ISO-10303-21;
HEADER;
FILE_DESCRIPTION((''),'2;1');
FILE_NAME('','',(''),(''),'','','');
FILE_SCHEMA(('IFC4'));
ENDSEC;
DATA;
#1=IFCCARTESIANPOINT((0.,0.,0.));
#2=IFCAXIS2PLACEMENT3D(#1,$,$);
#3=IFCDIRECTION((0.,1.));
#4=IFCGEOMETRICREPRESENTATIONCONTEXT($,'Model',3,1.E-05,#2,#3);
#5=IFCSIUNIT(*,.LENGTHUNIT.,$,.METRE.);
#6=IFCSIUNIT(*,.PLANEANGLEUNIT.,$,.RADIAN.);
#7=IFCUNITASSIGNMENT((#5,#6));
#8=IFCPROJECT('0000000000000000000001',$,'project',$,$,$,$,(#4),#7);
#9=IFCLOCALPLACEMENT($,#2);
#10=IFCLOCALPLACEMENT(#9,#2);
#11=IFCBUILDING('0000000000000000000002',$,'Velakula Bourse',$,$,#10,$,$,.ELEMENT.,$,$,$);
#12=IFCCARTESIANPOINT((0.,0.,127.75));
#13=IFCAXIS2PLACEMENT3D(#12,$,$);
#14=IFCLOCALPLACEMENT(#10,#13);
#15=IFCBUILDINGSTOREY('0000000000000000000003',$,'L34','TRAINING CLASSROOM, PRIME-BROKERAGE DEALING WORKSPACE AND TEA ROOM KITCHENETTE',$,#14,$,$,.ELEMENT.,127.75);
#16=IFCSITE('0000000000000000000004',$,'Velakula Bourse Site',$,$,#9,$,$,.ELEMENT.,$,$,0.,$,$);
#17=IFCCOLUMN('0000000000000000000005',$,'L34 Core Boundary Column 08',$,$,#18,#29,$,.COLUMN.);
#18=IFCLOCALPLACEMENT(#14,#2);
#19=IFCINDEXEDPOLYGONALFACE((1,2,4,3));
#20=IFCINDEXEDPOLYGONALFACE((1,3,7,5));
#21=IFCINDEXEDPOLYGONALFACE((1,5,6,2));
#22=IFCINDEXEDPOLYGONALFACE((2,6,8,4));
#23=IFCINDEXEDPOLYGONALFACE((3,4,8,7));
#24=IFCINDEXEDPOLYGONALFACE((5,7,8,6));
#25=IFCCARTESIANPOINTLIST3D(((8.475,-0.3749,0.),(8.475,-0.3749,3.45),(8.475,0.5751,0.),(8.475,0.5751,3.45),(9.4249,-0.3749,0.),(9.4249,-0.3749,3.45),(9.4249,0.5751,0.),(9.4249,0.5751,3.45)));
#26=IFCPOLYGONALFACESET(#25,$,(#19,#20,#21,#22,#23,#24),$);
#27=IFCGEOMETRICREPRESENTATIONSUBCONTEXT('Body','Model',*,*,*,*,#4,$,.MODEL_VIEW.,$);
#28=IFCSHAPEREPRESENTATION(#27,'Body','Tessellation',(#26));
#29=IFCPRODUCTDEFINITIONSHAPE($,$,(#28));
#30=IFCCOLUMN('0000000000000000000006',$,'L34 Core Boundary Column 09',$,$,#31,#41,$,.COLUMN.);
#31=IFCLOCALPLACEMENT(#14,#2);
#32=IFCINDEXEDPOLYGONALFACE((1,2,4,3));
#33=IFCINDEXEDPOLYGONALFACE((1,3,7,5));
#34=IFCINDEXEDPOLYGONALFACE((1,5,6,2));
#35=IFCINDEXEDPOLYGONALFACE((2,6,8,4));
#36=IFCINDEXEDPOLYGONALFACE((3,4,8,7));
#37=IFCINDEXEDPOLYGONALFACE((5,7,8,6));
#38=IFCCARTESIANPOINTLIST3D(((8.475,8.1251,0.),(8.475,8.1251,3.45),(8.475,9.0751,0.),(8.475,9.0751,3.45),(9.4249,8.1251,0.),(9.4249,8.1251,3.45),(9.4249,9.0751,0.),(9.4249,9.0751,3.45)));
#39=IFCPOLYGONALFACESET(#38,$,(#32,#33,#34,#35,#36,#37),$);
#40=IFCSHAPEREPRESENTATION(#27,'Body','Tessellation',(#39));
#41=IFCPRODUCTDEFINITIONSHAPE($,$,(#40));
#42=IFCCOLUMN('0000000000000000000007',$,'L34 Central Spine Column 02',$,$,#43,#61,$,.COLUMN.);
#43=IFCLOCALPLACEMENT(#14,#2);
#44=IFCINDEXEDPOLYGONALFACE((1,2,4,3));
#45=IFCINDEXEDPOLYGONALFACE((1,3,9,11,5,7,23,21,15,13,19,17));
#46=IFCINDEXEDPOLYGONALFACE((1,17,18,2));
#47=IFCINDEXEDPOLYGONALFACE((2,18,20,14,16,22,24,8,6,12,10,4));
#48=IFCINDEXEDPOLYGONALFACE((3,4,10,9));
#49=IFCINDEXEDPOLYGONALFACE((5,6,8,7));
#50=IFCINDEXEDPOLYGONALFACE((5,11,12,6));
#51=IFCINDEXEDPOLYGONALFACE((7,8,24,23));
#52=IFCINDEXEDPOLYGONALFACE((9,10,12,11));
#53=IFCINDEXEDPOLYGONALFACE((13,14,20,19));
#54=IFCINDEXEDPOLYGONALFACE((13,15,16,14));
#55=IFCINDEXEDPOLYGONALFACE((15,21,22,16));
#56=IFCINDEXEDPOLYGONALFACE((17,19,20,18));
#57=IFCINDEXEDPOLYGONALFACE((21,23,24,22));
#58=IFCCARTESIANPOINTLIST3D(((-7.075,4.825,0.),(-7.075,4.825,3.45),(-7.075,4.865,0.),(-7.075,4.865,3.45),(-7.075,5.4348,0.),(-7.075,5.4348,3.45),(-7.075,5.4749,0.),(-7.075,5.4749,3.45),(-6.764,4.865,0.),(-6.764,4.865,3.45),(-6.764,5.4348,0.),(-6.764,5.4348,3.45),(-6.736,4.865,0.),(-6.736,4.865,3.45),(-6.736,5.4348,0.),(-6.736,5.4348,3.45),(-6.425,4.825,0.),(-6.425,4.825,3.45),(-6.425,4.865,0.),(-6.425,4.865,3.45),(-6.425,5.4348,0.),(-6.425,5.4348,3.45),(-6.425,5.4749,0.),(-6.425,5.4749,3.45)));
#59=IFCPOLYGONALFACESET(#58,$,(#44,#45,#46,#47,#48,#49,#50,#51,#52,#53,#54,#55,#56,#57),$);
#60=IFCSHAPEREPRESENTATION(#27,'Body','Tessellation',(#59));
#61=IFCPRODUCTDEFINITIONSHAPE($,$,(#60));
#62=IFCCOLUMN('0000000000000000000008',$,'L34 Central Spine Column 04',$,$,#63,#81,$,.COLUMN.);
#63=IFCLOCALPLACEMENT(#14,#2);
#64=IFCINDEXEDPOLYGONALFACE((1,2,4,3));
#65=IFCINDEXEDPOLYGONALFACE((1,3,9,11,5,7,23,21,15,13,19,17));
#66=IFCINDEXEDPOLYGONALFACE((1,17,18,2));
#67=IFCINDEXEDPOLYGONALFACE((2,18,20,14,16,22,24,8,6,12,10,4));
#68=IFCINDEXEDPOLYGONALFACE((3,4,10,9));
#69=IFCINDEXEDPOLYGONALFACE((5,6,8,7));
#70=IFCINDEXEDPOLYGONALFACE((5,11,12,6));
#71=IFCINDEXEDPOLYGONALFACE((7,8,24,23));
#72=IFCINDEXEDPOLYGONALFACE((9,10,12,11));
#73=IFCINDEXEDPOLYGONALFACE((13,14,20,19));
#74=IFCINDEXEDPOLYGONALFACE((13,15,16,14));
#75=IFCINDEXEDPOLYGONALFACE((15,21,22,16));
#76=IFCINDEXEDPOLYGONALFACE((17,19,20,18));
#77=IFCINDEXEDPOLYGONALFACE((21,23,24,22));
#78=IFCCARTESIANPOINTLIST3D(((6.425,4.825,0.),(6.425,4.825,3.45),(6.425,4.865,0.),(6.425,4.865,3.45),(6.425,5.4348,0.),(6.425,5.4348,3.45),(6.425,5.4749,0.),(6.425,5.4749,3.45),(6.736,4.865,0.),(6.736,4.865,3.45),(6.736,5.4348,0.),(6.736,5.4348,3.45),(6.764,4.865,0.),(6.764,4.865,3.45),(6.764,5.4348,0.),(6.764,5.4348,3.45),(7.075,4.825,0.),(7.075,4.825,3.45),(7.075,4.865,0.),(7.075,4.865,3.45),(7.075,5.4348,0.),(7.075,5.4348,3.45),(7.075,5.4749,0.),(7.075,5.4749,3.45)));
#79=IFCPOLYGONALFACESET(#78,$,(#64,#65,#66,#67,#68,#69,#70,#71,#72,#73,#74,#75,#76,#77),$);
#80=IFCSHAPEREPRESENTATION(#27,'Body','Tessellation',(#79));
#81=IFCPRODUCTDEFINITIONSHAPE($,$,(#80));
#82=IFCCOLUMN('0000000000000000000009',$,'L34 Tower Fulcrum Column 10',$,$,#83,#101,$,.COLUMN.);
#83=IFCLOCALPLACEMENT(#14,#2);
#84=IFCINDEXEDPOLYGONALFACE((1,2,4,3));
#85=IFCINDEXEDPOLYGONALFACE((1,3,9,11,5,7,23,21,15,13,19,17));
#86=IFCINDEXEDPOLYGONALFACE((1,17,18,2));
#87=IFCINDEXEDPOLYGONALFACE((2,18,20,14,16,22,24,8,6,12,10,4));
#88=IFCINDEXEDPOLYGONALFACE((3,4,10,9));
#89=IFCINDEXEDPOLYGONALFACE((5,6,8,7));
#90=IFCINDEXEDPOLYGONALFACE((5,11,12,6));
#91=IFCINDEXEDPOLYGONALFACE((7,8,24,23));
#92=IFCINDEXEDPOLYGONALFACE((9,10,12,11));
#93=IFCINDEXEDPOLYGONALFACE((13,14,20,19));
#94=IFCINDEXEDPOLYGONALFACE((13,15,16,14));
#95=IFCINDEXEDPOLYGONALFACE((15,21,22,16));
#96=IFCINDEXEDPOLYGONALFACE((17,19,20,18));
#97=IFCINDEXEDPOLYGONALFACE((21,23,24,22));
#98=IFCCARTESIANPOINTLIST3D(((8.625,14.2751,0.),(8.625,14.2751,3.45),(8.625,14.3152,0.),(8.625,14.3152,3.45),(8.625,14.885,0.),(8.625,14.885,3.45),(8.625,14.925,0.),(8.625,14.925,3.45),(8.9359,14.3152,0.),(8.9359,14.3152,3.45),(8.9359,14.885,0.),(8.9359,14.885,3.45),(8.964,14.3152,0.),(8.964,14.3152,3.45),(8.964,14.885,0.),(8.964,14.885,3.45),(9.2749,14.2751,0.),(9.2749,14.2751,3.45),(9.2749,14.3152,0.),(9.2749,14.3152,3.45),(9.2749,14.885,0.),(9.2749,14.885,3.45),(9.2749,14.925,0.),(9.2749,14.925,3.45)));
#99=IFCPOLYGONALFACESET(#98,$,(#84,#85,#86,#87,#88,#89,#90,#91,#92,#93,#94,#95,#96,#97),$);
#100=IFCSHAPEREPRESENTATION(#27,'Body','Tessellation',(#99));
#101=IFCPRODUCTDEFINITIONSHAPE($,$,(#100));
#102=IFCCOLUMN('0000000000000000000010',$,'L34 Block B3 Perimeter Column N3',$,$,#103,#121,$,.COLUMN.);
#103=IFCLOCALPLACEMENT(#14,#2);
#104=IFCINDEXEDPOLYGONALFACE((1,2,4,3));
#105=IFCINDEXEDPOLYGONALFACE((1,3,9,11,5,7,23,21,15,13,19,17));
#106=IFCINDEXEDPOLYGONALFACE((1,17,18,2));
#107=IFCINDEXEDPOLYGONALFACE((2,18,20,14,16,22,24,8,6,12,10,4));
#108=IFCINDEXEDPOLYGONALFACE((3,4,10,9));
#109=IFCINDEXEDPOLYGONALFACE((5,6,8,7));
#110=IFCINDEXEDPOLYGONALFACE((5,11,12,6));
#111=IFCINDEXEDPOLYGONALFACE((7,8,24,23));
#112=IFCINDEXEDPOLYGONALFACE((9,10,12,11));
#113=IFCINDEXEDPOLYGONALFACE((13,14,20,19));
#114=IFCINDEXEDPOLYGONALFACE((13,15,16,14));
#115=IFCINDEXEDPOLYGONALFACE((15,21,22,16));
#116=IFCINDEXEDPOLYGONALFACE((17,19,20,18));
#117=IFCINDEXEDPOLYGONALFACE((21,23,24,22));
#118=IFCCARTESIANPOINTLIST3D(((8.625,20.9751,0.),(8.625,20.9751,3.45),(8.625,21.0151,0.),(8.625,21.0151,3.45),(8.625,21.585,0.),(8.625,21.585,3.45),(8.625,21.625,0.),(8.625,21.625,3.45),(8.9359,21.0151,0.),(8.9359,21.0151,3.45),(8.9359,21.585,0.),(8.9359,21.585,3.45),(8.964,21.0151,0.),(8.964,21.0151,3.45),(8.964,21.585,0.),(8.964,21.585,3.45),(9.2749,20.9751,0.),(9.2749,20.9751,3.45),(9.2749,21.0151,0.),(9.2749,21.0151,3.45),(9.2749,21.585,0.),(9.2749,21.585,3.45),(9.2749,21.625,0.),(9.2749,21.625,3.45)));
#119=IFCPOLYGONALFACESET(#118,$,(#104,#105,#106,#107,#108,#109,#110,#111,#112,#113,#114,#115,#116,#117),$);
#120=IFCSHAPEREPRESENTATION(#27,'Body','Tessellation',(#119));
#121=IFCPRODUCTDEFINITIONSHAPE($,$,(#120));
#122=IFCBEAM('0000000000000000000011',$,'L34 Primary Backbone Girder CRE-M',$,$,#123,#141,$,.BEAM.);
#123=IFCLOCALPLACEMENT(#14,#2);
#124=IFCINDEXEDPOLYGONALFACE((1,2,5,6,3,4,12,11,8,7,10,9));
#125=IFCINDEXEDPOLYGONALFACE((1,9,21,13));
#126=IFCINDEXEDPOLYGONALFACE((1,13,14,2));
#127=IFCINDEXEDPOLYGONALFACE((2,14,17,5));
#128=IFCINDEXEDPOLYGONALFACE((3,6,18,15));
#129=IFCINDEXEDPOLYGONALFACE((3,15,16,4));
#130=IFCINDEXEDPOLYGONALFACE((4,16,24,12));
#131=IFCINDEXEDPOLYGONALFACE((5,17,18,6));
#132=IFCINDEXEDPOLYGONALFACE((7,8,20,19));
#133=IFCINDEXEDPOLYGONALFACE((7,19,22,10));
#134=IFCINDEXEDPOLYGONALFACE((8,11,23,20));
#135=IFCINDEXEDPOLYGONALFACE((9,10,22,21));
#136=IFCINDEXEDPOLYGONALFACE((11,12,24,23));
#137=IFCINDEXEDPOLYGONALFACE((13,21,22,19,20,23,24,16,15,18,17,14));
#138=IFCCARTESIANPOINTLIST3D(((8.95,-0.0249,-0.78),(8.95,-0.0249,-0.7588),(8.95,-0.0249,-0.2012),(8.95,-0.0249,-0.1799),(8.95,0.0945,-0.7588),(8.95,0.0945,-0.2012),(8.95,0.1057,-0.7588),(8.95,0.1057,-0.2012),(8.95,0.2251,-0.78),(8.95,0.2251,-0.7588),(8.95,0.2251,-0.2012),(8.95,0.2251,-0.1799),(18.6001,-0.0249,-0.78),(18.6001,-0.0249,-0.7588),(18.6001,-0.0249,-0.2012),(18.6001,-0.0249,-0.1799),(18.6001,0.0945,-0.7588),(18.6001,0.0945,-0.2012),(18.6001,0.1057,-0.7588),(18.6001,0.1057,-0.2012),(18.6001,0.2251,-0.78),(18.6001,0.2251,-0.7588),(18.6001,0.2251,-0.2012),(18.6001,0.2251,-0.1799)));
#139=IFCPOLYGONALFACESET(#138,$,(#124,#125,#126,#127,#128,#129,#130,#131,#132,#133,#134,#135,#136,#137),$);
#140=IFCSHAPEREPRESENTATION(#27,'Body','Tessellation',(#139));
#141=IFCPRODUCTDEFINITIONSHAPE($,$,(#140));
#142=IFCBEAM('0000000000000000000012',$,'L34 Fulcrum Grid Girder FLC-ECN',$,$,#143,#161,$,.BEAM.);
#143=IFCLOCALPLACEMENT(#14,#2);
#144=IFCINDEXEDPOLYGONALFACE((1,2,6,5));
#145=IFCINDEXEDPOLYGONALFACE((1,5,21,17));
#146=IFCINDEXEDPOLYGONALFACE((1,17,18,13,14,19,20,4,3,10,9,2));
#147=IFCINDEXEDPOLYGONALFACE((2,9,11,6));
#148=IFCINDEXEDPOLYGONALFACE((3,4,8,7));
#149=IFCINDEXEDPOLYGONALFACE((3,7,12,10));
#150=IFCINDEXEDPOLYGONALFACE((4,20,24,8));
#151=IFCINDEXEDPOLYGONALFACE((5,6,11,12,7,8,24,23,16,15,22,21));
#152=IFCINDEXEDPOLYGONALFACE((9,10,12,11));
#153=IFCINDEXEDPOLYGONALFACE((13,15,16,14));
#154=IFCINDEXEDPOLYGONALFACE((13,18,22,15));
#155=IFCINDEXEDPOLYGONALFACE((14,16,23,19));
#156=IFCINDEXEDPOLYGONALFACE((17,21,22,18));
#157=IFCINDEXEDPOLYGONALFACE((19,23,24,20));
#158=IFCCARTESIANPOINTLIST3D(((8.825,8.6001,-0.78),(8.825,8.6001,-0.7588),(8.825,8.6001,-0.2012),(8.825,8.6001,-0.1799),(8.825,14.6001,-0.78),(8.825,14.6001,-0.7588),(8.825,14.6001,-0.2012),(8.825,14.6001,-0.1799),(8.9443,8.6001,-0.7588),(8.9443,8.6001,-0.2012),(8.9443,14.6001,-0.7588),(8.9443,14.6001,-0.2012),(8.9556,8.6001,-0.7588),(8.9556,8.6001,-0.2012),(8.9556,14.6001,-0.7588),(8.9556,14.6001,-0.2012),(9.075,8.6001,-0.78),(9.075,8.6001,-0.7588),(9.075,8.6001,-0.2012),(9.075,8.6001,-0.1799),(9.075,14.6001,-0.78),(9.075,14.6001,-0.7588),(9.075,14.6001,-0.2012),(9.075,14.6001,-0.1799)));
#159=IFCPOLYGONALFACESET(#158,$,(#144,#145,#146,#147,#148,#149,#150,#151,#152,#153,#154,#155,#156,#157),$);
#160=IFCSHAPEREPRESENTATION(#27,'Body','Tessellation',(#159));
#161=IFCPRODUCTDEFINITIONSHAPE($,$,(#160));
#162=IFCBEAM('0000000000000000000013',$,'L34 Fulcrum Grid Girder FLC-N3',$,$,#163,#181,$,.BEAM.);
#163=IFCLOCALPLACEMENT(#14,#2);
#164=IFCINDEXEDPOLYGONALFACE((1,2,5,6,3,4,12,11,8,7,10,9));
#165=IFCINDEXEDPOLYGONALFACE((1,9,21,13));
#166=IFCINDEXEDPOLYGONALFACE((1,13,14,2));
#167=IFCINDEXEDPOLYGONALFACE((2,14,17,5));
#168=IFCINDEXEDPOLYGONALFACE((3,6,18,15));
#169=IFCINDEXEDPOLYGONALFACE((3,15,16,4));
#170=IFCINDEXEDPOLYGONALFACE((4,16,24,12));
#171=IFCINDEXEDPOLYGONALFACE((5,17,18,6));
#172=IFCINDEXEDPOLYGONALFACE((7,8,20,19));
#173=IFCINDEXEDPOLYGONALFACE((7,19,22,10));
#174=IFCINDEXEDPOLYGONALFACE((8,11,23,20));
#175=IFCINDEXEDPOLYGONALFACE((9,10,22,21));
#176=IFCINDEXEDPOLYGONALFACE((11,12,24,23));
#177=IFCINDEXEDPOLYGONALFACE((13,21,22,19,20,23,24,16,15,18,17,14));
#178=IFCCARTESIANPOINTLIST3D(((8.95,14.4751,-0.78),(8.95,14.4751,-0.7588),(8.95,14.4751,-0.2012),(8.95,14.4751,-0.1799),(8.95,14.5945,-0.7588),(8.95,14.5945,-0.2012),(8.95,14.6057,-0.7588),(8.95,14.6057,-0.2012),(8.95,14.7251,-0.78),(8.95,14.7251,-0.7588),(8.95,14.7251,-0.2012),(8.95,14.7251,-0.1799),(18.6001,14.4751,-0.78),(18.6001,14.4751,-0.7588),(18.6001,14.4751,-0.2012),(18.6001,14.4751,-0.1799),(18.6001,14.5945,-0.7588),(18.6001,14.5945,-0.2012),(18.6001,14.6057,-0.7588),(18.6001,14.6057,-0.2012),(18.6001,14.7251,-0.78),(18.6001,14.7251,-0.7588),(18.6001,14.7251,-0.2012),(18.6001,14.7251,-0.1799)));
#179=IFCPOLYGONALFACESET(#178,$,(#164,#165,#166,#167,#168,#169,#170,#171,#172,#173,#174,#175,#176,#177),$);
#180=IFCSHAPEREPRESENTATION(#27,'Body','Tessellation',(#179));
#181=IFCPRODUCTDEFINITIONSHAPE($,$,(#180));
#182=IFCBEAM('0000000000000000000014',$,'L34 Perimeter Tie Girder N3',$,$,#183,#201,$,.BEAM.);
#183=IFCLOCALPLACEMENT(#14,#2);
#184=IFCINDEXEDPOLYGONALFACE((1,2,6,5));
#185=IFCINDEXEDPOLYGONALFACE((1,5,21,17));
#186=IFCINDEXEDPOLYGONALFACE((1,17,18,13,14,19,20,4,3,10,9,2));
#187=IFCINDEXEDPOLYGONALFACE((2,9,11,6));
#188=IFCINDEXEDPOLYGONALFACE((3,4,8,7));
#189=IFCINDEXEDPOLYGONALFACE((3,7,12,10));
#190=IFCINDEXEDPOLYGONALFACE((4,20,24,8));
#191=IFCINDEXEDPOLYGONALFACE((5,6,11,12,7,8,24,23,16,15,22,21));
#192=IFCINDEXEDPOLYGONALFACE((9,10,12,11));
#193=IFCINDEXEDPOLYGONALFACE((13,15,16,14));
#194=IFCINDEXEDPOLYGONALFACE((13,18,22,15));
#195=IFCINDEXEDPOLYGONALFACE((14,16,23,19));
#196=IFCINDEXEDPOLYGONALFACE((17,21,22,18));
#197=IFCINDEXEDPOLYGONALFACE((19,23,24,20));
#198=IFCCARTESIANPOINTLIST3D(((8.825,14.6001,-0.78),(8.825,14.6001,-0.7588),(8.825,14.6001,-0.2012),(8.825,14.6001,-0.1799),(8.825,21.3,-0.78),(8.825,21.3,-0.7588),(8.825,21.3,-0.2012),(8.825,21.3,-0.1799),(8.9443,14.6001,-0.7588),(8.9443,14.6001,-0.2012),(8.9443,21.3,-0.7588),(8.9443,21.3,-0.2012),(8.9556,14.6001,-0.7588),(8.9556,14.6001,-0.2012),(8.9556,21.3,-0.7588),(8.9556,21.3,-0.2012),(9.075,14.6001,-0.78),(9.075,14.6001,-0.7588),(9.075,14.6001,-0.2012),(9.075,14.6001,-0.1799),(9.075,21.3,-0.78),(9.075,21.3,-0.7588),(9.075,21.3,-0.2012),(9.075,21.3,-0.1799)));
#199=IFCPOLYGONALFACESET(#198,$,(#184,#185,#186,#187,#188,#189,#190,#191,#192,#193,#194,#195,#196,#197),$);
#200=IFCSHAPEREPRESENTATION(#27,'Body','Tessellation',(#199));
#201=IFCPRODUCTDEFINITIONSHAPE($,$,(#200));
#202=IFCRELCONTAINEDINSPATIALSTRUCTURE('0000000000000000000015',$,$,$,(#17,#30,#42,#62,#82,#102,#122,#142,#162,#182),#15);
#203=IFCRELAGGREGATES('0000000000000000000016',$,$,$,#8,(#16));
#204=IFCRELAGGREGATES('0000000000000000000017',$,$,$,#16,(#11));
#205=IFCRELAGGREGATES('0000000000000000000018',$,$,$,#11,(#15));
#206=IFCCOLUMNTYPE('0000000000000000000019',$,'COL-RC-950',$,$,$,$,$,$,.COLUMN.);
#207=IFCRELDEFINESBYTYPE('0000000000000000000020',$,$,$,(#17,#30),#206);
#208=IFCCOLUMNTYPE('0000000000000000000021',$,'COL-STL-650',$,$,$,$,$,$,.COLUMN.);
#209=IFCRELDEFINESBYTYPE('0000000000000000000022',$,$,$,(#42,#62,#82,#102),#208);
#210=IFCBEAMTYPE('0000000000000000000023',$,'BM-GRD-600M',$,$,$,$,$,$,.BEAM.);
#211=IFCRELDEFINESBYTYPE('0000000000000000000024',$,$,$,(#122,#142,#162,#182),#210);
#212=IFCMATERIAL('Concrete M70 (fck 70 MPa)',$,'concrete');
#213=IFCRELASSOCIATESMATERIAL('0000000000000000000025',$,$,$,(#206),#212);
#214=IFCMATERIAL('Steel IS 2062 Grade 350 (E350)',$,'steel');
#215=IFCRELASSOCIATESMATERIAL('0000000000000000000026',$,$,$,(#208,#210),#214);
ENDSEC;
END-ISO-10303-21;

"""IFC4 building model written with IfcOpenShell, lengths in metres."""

from ifc_helpers import new_model, si_unit, direction, frame, origin, origin_2d, place, context, subcontext, project, spatial, rectangle, i_section, extrude, material, material_profile, profile_set, type_object, element, save


model = new_model("IFC4")

# Units and contexts
model_context = context("Model", 3, precision=1e-05, world=origin(), true_north=direction((0.0, 1.0)))
body_context = subcontext(model_context, "Body", "Model", "MODEL_VIEW")
ifc_project = project(units=[si_unit("LENGTHUNIT", "METRE"), si_unit("PLANEANGLEUNIT", "RADIAN")], contexts=[model_context])

# Site, building, storey
site_placement = place(None, origin())
site = spatial("IfcSite", under=ifc_project, at=site_placement, Name="Velakula Bourse Site", CompositionType="ELEMENT", RefElevation=0.0)
building_placement = place(site_placement, origin())
building = spatial("IfcBuilding", under=site, at=building_placement, Name="Velakula Bourse", CompositionType="ELEMENT")
storey_placement = place(building_placement, frame((0.0, 0.0, 127.75)))
storey = spatial("IfcBuildingStorey", under=building, at=storey_placement, Name="L34", Description="TRAINING CLASSROOM, PRIME-BROKERAGE DEALING WORKSPACE AND TEA ROOM KITCHENETTE", CompositionType="ELEMENT", Elevation=127.75)

# Columns
ifc_material_1 = material(Name="Concrete M70 (fck 70 MPa)", Category="concrete")
ifc_material_profile_1 = material_profile(ifc_material_1, rectangle(XDim=0.95, YDim=0.95, at=origin_2d()), Name="Concrete M70 (fck 70 MPa)")
ifc_profile_set_1 = profile_set([ifc_material_profile_1], Name="Concrete M70 (fck 70 MPa)")
column_type_1 = type_object("IfcColumnType", Name="COL-RC-950", PredefinedType="COLUMN", material=ifc_profile_set_1)
for number, where, z_axis, x_axis, name in (
    (1, (8.95, 0.1001, 0.0), (0.0, 0.0, 1.0), (1.0, 0.0, 0.0), "L34 Core Boundary Column 08"),
    (2, (8.95, 8.6001, 0.0), (0.0, 0.0, 1.0), (1.0, 0.0, 0.0), "L34 Core Boundary Column 09"),
):
    element("IfcColumn", number, at=place(storey_placement, frame(where, z_axis=z_axis, x_axis=x_axis)), inside=storey, type_object=column_type_1, Name=name, PredefinedType="COLUMN", context=body_context, shape_type="SweptSolid", body=[
        extrude(rectangle(XDim=0.95, YDim=0.95, at=origin_2d()), origin(), (0.0, 0.0, 1.0), 3.45),
    ])
ifc_material_2 = material(Name="Steel IS 2062 Grade 350 (E350)", Category="steel")
ifc_material_profile_2 = material_profile(ifc_material_2, i_section(OverallWidth=0.6499, OverallDepth=0.6499, WebThickness=0.0281, FlangeThickness=0.04, at=origin_2d()), Name="Steel IS 2062 Grade 350 (E350)")
ifc_profile_set_2 = profile_set([ifc_material_profile_2], Name="Steel IS 2062 Grade 350 (E350)")
column_type_2 = type_object("IfcColumnType", Name="COL-STL-650", PredefinedType="COLUMN", material=ifc_profile_set_2)
for number, where, z_axis, x_axis, name in (
    (3, (-6.75, 5.1499, 0.0), (0.0, 0.0, 1.0), (1.0, 0.0, 0.0), "L34 Central Spine Column 02"),
    (4, (6.75, 5.1499, 0.0), (0.0, 0.0, 1.0), (1.0, 0.0, 0.0), "L34 Central Spine Column 04"),
    (5, (8.95, 14.6001, 0.0), (0.0, 0.0, 1.0), (1.0, 0.0, 0.0), "L34 Tower Fulcrum Column 10"),
    (6, (8.95, 21.3, 0.0), (0.0, 0.0, 1.0), (1.0, 0.0, 0.0), "L34 Block B3 Perimeter Column N3"),
):
    element("IfcColumn", number, at=place(storey_placement, frame(where, z_axis=z_axis, x_axis=x_axis)), inside=storey, type_object=column_type_2, Name=name, PredefinedType="COLUMN", context=body_context, shape_type="SweptSolid", body=[
        extrude(i_section(OverallWidth=0.6499, OverallDepth=0.6499, WebThickness=0.0281, FlangeThickness=0.04, at=origin_2d()), origin(), (0.0, 0.0, 1.0), 3.45),
    ])

# Beams
ifc_material_profile_3 = material_profile(ifc_material_2, i_section(OverallWidth=0.25, OverallDepth=0.6001, WebThickness=0.0112, FlangeThickness=0.0212, at=origin_2d()), Name="Steel IS 2062 Grade 350 (E350)")
ifc_profile_set_3 = profile_set([ifc_material_profile_3], Name="Steel IS 2062 Grade 350 (E350)")
beam_type_1 = type_object("IfcBeamType", Name="BM-GRD-600M", PredefinedType="BEAM", material=ifc_profile_set_3)
beam_1_placement = place(storey_placement, frame((8.95, 0.1001, -0.48), z_axis=(1.0, 0.0, 0.0), x_axis=(0.0, 1.0, 0.0)))
element("IfcBeam", 7, at=beam_1_placement, inside=storey, type_object=beam_type_1, Name="L34 Primary Backbone Girder CRE-M", PredefinedType="BEAM", context=body_context, shape_type="SweptSolid", body=[
    extrude(i_section(OverallWidth=0.25, OverallDepth=0.6001, WebThickness=0.0112, FlangeThickness=0.0212, at=origin_2d()), origin(), (0.0, 0.0, 1.0), 9.6501),
])
beam_2_placement = place(storey_placement, frame((8.95, 8.6001, -0.48), z_axis=(0.0, 1.0, 0.0), x_axis=(-1.0, 0.0, 0.0)))
element("IfcBeam", 8, at=beam_2_placement, inside=storey, type_object=beam_type_1, Name="L34 Fulcrum Grid Girder FLC-ECN", PredefinedType="BEAM", context=body_context, shape_type="SweptSolid", body=[
    extrude(i_section(OverallWidth=0.25, OverallDepth=0.6001, WebThickness=0.0112, FlangeThickness=0.0212, at=origin_2d()), origin(), (0.0, 0.0, 1.0), 6.0),
])
beam_3_placement = place(storey_placement, frame((8.95, 14.6001, -0.48), z_axis=(1.0, 0.0, 0.0), x_axis=(0.0, 1.0, 0.0)))
element("IfcBeam", 9, at=beam_3_placement, inside=storey, type_object=beam_type_1, Name="L34 Fulcrum Grid Girder FLC-N3", PredefinedType="BEAM", context=body_context, shape_type="SweptSolid", body=[
    extrude(i_section(OverallWidth=0.25, OverallDepth=0.6001, WebThickness=0.0112, FlangeThickness=0.0212, at=origin_2d()), origin(), (0.0, 0.0, 1.0), 9.6501),
])
beam_4_placement = place(storey_placement, frame((8.95, 14.6001, -0.48), z_axis=(0.0, 1.0, 0.0), x_axis=(-1.0, 0.0, 0.0)))
element("IfcBeam", 10, at=beam_4_placement, inside=storey, type_object=beam_type_1, Name="L34 Perimeter Tie Girder N3", PredefinedType="BEAM", context=body_context, shape_type="SweptSolid", body=[
    extrude(i_section(OverallWidth=0.25, OverallDepth=0.6001, WebThickness=0.0112, FlangeThickness=0.0212, at=origin_2d()), origin(), (0.0, 0.0, 1.0), 6.7),
])

save(model, "model.ifc")
